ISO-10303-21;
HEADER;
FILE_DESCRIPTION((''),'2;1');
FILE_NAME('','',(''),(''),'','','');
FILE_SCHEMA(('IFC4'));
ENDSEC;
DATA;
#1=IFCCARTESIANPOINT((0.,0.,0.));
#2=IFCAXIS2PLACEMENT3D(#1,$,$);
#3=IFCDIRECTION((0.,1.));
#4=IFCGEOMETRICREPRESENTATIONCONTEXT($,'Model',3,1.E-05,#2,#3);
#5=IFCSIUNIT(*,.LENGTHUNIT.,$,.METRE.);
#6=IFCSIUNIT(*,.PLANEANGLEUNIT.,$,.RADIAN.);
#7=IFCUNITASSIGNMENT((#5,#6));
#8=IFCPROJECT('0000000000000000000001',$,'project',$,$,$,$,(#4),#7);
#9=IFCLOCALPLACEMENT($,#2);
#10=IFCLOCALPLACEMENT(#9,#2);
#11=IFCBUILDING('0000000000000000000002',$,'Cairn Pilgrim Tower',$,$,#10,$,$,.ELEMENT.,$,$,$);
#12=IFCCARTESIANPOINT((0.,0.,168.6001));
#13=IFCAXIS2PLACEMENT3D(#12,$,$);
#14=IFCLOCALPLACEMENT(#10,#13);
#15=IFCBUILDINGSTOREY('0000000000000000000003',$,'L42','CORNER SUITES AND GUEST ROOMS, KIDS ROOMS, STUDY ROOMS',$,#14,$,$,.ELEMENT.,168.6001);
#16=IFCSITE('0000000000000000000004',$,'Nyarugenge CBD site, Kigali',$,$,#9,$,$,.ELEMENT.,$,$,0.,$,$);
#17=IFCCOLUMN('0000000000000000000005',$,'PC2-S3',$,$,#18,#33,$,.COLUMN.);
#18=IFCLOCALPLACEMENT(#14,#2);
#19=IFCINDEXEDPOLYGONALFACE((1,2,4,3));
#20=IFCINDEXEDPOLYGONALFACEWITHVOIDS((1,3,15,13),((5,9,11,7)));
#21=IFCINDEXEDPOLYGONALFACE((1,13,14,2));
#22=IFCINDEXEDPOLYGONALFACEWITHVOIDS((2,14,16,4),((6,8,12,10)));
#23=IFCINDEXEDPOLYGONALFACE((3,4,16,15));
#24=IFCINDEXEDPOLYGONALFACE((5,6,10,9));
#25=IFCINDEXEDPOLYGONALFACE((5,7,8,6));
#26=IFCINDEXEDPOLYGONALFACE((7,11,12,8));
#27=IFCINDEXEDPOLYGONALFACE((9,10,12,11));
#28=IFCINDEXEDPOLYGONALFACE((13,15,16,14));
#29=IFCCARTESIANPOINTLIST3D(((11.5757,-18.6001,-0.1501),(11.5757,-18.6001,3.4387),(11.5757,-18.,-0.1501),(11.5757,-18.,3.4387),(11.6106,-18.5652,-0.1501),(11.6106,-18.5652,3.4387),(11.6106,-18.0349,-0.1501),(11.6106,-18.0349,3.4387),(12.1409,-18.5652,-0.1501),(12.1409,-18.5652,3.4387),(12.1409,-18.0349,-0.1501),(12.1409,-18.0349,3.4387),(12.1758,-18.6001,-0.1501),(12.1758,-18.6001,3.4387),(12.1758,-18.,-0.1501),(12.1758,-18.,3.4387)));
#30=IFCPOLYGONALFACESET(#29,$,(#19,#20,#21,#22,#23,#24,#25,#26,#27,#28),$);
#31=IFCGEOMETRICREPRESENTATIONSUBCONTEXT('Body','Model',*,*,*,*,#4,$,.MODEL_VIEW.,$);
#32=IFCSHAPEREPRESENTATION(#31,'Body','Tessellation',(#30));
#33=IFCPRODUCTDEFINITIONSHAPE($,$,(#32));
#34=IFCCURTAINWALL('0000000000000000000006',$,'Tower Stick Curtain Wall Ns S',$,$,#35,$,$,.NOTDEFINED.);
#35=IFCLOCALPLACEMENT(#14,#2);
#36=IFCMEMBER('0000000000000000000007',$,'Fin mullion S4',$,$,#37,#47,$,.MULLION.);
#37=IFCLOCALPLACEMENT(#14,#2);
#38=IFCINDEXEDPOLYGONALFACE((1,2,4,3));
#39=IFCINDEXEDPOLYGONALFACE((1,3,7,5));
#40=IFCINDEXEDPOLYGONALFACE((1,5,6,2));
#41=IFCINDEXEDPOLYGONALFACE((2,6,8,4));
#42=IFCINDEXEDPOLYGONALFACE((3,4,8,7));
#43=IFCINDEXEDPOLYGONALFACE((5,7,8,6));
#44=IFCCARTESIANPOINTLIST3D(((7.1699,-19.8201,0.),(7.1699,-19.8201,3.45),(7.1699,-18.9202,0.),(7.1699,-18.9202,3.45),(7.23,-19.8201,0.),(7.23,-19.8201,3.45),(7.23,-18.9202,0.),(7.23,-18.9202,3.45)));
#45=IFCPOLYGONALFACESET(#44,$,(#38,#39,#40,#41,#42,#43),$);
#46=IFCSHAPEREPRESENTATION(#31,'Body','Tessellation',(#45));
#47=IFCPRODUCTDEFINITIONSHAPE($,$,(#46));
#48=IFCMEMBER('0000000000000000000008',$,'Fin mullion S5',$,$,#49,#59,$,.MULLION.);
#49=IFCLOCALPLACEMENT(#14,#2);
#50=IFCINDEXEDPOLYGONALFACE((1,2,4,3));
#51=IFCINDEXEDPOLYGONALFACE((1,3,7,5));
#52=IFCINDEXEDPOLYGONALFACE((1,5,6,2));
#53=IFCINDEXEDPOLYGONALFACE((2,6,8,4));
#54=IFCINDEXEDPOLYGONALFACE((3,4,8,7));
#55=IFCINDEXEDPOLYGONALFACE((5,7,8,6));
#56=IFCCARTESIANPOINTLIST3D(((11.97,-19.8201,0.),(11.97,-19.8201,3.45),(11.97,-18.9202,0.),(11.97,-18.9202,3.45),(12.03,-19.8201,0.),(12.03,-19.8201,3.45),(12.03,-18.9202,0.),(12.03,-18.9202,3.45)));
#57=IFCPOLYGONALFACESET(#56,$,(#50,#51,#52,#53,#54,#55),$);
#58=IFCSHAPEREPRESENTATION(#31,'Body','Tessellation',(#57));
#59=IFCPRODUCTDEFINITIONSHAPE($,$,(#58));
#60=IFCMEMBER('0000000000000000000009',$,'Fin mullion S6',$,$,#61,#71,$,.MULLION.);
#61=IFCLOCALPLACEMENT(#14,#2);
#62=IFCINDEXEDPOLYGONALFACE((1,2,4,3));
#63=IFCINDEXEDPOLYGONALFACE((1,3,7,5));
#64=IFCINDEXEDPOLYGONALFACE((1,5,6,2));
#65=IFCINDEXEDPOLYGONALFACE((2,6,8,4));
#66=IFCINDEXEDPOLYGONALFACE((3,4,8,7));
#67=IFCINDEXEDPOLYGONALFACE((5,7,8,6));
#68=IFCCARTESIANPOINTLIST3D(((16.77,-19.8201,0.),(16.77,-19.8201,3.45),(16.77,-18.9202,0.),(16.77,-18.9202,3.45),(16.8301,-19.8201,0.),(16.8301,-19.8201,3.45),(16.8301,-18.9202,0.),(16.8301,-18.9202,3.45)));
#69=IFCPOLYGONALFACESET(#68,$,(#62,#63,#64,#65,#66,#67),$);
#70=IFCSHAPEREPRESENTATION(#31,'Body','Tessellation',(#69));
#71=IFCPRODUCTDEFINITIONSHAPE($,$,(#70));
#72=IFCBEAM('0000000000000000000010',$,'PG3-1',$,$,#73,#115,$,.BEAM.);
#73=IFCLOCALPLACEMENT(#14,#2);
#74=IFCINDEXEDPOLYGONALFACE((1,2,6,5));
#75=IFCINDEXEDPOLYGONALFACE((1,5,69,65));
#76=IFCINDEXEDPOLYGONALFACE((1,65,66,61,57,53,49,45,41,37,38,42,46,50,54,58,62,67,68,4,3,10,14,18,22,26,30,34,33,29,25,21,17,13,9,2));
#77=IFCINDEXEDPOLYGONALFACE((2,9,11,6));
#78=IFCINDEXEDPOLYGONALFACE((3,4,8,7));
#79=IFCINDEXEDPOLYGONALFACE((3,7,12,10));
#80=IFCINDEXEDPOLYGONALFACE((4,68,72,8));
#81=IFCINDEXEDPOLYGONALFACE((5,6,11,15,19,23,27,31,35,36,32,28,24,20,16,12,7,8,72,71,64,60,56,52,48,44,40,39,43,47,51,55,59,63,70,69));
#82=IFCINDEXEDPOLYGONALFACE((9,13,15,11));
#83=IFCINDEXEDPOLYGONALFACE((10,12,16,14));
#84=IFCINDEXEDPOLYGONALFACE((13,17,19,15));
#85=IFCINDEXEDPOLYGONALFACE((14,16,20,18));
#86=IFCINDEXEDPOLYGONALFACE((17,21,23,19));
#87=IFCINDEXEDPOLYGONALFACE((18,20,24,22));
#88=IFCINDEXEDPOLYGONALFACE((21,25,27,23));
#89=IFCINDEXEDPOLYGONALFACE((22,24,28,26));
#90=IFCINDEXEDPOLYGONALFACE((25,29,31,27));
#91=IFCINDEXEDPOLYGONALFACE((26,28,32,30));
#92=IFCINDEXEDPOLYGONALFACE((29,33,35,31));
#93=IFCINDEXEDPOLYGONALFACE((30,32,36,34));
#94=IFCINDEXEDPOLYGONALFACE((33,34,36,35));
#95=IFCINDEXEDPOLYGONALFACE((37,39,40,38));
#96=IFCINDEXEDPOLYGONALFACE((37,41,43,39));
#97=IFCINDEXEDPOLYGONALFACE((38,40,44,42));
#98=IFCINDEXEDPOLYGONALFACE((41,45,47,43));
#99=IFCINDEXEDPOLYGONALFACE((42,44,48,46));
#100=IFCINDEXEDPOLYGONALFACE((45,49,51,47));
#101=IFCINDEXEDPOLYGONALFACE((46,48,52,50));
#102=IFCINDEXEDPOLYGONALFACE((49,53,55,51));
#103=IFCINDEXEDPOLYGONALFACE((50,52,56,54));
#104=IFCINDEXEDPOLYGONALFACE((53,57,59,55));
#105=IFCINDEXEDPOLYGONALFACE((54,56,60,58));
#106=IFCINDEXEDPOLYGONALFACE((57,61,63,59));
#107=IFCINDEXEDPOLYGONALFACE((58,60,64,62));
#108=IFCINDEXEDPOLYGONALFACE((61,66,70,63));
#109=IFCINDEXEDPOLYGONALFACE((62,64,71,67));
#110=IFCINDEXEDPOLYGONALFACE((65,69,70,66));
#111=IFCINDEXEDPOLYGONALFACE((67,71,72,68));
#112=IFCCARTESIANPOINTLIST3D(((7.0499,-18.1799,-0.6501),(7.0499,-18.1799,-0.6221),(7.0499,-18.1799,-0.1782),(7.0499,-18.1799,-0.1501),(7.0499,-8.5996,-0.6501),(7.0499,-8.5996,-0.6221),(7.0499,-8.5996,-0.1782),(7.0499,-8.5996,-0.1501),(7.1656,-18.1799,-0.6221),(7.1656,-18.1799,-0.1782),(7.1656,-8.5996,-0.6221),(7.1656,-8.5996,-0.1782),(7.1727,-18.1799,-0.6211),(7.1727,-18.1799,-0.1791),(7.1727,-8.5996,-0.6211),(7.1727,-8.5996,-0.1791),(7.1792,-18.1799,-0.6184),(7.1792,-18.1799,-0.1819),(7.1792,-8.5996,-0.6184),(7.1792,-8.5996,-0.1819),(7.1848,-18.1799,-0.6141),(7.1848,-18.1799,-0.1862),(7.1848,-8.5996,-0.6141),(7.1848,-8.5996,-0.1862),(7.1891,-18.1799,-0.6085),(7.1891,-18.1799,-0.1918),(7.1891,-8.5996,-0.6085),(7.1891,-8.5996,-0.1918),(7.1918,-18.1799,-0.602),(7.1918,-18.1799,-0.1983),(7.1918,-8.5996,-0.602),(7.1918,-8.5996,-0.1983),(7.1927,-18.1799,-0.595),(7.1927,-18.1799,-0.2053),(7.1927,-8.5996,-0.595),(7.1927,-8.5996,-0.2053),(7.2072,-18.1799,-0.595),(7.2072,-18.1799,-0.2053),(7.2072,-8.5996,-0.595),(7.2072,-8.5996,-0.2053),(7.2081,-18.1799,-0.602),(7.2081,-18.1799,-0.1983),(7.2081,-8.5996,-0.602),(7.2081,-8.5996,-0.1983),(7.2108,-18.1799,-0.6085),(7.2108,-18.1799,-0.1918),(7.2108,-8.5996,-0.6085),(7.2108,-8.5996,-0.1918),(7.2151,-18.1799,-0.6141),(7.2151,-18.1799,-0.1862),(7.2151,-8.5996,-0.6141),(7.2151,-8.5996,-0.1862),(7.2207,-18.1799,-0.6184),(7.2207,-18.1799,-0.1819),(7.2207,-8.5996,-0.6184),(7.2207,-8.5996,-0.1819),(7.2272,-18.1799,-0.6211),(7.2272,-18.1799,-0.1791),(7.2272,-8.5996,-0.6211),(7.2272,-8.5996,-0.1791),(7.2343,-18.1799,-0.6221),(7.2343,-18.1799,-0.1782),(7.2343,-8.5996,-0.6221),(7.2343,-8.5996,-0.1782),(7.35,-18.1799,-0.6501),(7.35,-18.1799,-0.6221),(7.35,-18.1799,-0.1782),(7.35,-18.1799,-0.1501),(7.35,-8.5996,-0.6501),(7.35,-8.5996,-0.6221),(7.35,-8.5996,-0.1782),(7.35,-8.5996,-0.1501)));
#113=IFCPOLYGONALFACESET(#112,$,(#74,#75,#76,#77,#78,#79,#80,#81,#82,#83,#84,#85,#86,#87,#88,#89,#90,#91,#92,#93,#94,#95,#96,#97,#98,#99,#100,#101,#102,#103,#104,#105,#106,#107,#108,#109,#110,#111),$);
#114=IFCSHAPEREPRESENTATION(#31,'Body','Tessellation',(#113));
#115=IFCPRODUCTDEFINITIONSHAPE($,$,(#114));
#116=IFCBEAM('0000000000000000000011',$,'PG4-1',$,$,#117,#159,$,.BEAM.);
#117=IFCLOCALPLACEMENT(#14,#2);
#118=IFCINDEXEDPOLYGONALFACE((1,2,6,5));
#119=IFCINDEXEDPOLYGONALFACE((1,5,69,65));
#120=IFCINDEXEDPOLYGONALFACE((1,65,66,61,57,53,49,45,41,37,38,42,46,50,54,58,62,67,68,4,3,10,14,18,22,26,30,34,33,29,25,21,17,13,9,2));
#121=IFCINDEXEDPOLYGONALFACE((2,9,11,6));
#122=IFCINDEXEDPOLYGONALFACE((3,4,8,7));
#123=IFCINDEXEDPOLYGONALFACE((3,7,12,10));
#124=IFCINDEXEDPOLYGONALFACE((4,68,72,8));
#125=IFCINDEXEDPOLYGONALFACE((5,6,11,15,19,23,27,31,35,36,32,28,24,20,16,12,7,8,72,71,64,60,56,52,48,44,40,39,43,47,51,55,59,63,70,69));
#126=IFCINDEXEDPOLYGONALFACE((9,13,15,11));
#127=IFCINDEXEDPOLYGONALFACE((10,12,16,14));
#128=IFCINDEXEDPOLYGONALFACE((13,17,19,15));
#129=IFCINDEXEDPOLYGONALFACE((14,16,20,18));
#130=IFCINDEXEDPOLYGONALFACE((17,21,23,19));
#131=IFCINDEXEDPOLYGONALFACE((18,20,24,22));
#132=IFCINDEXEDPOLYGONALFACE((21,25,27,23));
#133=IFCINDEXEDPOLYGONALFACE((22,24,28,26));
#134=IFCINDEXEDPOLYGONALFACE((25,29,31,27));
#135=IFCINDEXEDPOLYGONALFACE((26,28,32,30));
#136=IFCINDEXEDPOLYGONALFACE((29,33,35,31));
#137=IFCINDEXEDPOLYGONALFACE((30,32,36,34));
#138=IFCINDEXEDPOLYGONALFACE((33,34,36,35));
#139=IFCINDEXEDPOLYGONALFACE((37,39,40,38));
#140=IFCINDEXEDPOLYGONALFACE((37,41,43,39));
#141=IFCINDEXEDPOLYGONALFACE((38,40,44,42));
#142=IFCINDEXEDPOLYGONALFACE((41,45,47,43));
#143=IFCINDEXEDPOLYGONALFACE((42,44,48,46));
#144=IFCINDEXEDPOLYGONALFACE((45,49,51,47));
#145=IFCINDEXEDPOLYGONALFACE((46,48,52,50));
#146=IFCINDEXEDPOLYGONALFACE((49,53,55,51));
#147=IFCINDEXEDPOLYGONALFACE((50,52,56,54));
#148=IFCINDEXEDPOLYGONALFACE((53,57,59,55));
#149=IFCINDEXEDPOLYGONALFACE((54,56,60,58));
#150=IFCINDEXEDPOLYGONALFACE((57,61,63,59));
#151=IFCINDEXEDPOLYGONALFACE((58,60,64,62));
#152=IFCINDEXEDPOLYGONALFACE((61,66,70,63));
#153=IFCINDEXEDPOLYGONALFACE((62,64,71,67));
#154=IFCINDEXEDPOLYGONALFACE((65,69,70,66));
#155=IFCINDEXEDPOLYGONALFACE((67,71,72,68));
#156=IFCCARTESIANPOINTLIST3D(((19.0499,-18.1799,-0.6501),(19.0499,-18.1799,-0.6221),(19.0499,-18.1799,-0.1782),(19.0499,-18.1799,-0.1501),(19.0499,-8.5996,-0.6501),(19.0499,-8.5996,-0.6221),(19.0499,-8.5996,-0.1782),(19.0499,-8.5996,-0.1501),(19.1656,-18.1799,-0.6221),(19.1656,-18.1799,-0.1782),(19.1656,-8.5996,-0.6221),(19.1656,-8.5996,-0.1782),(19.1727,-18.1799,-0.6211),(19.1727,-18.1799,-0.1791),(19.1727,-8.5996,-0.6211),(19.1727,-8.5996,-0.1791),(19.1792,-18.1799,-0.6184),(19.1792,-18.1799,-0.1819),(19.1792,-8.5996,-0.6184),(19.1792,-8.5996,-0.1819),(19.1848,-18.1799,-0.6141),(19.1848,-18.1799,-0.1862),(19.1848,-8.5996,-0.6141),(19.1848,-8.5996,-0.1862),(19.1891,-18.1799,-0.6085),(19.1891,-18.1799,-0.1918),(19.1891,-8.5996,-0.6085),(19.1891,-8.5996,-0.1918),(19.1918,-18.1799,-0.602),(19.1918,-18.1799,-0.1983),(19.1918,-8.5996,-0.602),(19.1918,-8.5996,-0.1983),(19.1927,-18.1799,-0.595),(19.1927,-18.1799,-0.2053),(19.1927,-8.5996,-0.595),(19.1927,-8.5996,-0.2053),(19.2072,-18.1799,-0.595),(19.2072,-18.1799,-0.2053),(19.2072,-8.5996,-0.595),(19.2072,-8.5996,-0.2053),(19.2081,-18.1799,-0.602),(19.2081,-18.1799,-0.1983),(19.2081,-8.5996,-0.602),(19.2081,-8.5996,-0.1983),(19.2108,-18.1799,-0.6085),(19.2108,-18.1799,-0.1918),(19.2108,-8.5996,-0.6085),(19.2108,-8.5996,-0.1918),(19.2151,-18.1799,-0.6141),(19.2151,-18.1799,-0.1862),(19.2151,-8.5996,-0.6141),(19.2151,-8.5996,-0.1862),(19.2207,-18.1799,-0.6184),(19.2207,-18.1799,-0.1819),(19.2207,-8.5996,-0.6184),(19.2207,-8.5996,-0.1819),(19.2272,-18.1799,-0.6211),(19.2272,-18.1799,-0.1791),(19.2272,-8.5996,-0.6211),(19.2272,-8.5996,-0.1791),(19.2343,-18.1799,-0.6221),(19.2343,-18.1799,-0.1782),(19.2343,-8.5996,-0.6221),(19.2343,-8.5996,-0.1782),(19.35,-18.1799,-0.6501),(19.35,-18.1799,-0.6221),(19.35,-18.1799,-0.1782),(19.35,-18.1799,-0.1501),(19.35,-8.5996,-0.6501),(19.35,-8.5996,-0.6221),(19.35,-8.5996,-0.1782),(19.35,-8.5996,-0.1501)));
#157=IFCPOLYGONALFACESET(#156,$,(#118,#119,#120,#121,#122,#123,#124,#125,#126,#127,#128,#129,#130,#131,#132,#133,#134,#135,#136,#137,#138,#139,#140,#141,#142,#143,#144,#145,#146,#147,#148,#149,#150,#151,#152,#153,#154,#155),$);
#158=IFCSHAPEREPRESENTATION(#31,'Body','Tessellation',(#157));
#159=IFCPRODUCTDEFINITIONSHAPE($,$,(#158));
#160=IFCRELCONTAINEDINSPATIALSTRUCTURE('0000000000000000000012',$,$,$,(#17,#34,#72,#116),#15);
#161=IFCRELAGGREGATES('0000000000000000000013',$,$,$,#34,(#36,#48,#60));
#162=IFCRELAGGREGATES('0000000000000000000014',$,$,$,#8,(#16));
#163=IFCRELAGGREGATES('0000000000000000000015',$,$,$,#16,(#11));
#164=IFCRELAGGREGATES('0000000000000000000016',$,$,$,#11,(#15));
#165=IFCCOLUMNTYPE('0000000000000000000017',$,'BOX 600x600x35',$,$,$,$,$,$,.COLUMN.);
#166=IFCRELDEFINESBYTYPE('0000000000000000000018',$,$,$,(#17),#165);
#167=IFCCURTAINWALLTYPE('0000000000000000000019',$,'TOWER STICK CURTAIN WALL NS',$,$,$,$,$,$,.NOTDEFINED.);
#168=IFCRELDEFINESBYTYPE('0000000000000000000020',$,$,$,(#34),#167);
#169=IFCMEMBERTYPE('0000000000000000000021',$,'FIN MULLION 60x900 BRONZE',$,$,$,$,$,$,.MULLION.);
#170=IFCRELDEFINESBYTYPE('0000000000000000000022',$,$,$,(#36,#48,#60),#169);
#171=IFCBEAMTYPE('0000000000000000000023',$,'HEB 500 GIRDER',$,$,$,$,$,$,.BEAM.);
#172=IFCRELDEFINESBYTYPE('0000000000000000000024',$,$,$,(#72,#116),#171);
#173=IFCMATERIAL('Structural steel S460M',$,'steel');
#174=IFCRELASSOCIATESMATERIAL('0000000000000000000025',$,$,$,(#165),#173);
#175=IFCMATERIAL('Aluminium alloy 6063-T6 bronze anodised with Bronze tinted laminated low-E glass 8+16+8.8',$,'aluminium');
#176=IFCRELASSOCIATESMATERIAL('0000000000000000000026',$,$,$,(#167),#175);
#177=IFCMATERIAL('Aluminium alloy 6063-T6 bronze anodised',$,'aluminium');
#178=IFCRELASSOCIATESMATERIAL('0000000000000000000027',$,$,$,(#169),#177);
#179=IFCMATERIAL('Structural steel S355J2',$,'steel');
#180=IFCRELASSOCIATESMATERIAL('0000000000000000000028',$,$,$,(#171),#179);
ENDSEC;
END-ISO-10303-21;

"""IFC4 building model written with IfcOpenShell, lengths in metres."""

from ifc_helpers import new_model, si_unit, direction, frame, origin, origin_2d, place, context, subcontext, project, spatial, rectangle, hollow_rectangle, i_section, extrude, clip, halfspace, material, material_profile, profile_set, type_object, element, aggregate, save


model = new_model("IFC4")

# Units and contexts
model_context = context("Model", 3, precision=1e-05, world=origin(), true_north=direction((0.0, 1.0)))
body_context = subcontext(model_context, "Body", "Model", "MODEL_VIEW")
ifc_project = project(units=[si_unit("LENGTHUNIT", "METRE"), si_unit("PLANEANGLEUNIT", "RADIAN")], contexts=[model_context])

# Site, building, storey
site_placement = place(None, origin())
site = spatial("IfcSite", under=ifc_project, at=site_placement, Name="Nyarugenge CBD site, Kigali", CompositionType="ELEMENT", RefElevation=0.0)
building_placement = place(site_placement, origin())
building = spatial("IfcBuilding", under=site, at=building_placement, Name="Cairn Pilgrim Tower", CompositionType="ELEMENT")
storey_placement = place(building_placement, frame((0.0, 0.0, 168.6001)))
storey = spatial("IfcBuildingStorey", under=building, at=storey_placement, Name="L42", Description="CORNER SUITES AND GUEST ROOMS, KIDS ROOMS, STUDY ROOMS", CompositionType="ELEMENT", Elevation=168.6001)

# Column
ifc_material_1 = material(Name="Structural steel S460M", Category="steel")
ifc_material_profile_1 = material_profile(ifc_material_1, hollow_rectangle(XDim=0.6001, YDim=0.6001, WallThickness=0.0349, at=origin_2d()), Name="BOX 600x600x35")
ifc_profile_set_1 = profile_set([ifc_material_profile_1], Name="Structural steel S460M")
column_type = type_object("IfcColumnType", Name="BOX 600x600x35", PredefinedType="COLUMN", material=ifc_profile_set_1)
column_placement = place(storey_placement, frame((11.8757, -18.3, -0.1501), z_axis=(0.0, 0.0, 1.0), x_axis=(1.0, 0.0, 0.0)))
element("IfcColumn", 1, at=column_placement, inside=storey, type_object=column_type, Name="PC2-S3", PredefinedType="COLUMN", context=body_context, shape_type="Clipping", body=[
    clip(extrude(hollow_rectangle(XDim=0.6001, YDim=0.6001, WallThickness=0.0349, at=origin_2d()), origin(), (0.0, 0.0, 1.0), 3.6001), halfspace(frame((0.0, 0.0, 3.5889), z_axis=(0.0, 0.0, 1.0), x_axis=(1.0, 0.0, 0.0)), False)),
])

# Curtain wall, members
ifc_material_2 = material(Name="Aluminium alloy 6063-T6 bronze anodised with Bronze tinted laminated low-E glass 8+16+8.8", Category="aluminium")
curtain_wall_type = type_object("IfcCurtainWallType", Name="TOWER STICK CURTAIN WALL NS", PredefinedType="NOTDEFINED", material=ifc_material_2)
curtain_wall_placement = place(storey_placement, origin())
curtain_wall = element("IfcCurtainWall", 2, at=curtain_wall_placement, inside=storey, type_object=curtain_wall_type, Name="Tower Stick Curtain Wall Ns S", PredefinedType="NOTDEFINED")
ifc_material_3 = material(Name="Aluminium alloy 6063-T6 bronze anodised", Category="aluminium")
ifc_material_profile_2 = material_profile(ifc_material_3, rectangle(XDim=0.8999, YDim=0.0601, at=origin_2d()), Name="FIN MULLION 60x900 BRONZE")
ifc_profile_set_2 = profile_set([ifc_material_profile_2], Name="Aluminium alloy 6063-T6 bronze anodised")
member_type_1 = type_object("IfcMemberType", Name="FIN MULLION 60x900 BRONZE", PredefinedType="MULLION", material=ifc_profile_set_2)
member_1_placement = place(storey_placement, frame((7.2, -19.3701, 0.0), z_axis=(0.0, 0.0, 1.0), x_axis=(0.0, -1.0, 0.0)))
member_1 = element("IfcMember", 3, at=member_1_placement, type_object=member_type_1, Name="Fin mullion S4", PredefinedType="MULLION", context=body_context, shape_type="SweptSolid", body=[
    extrude(rectangle(XDim=0.8999, YDim=0.0601, at=origin_2d()), origin(), (0.0, 0.0, 1.0), 3.45),
])
member_2_placement = place(storey_placement, frame((12.0, -19.3701, 0.0), z_axis=(0.0, 0.0, 1.0), x_axis=(0.0, -1.0, 0.0)))
member_2 = element("IfcMember", 4, at=member_2_placement, type_object=member_type_1, Name="Fin mullion S5", PredefinedType="MULLION", context=body_context, shape_type="SweptSolid", body=[
    extrude(rectangle(XDim=0.8999, YDim=0.0601, at=origin_2d()), origin(), (0.0, 0.0, 1.0), 3.45),
])
member_3_placement = place(storey_placement, frame((16.8, -19.3701, 0.0), z_axis=(0.0, 0.0, 1.0), x_axis=(0.0, -1.0, 0.0)))
member_3 = element("IfcMember", 5, at=member_3_placement, type_object=member_type_1, Name="Fin mullion S6", PredefinedType="MULLION", context=body_context, shape_type="SweptSolid", body=[
    extrude(rectangle(XDim=0.8999, YDim=0.0601, at=origin_2d()), origin(), (0.0, 0.0, 1.0), 3.45),
])

# Beams
ifc_material_4 = material(Name="Structural steel S355J2", Category="steel")
ifc_material_profile_3 = material_profile(ifc_material_4, i_section(OverallWidth=0.3, OverallDepth=0.5, WebThickness=0.0144, FlangeThickness=0.0281, FilletRadius=0.0271, at=origin_2d()), Name="HEB 500")
ifc_profile_set_3 = profile_set([ifc_material_profile_3], Name="Structural steel S355J2")
beam_type_1 = type_object("IfcBeamType", Name="HEB 500 GIRDER", PredefinedType="BEAM", material=ifc_profile_set_3)
for number, where, z_axis, x_axis, name in (
    (6, (7.2, -18.1799, -0.4001), (0.0, 1.0, 0.0), (-1.0, 0.0, 0.0), "PG3-1"),
    (7, (19.2, -18.1799, -0.4001), (0.0, 1.0, 0.0), (-1.0, 0.0, 0.0), "PG4-1"),
):
    element("IfcBeam", number, at=place(storey_placement, frame(where, z_axis=z_axis, x_axis=x_axis)), inside=storey, type_object=beam_type_1, Name=name, PredefinedType="BEAM", context=body_context, shape_type="SweptSolid", body=[
        extrude(i_section(OverallWidth=0.3, OverallDepth=0.5, WebThickness=0.0144, FlangeThickness=0.0281, FilletRadius=0.0271, at=origin_2d()), origin(), (0.0, 0.0, 1.0), 9.5803),
    ])

aggregate(curtain_wall, [member_1, member_2, member_3])

save(model, "model.ifc")
